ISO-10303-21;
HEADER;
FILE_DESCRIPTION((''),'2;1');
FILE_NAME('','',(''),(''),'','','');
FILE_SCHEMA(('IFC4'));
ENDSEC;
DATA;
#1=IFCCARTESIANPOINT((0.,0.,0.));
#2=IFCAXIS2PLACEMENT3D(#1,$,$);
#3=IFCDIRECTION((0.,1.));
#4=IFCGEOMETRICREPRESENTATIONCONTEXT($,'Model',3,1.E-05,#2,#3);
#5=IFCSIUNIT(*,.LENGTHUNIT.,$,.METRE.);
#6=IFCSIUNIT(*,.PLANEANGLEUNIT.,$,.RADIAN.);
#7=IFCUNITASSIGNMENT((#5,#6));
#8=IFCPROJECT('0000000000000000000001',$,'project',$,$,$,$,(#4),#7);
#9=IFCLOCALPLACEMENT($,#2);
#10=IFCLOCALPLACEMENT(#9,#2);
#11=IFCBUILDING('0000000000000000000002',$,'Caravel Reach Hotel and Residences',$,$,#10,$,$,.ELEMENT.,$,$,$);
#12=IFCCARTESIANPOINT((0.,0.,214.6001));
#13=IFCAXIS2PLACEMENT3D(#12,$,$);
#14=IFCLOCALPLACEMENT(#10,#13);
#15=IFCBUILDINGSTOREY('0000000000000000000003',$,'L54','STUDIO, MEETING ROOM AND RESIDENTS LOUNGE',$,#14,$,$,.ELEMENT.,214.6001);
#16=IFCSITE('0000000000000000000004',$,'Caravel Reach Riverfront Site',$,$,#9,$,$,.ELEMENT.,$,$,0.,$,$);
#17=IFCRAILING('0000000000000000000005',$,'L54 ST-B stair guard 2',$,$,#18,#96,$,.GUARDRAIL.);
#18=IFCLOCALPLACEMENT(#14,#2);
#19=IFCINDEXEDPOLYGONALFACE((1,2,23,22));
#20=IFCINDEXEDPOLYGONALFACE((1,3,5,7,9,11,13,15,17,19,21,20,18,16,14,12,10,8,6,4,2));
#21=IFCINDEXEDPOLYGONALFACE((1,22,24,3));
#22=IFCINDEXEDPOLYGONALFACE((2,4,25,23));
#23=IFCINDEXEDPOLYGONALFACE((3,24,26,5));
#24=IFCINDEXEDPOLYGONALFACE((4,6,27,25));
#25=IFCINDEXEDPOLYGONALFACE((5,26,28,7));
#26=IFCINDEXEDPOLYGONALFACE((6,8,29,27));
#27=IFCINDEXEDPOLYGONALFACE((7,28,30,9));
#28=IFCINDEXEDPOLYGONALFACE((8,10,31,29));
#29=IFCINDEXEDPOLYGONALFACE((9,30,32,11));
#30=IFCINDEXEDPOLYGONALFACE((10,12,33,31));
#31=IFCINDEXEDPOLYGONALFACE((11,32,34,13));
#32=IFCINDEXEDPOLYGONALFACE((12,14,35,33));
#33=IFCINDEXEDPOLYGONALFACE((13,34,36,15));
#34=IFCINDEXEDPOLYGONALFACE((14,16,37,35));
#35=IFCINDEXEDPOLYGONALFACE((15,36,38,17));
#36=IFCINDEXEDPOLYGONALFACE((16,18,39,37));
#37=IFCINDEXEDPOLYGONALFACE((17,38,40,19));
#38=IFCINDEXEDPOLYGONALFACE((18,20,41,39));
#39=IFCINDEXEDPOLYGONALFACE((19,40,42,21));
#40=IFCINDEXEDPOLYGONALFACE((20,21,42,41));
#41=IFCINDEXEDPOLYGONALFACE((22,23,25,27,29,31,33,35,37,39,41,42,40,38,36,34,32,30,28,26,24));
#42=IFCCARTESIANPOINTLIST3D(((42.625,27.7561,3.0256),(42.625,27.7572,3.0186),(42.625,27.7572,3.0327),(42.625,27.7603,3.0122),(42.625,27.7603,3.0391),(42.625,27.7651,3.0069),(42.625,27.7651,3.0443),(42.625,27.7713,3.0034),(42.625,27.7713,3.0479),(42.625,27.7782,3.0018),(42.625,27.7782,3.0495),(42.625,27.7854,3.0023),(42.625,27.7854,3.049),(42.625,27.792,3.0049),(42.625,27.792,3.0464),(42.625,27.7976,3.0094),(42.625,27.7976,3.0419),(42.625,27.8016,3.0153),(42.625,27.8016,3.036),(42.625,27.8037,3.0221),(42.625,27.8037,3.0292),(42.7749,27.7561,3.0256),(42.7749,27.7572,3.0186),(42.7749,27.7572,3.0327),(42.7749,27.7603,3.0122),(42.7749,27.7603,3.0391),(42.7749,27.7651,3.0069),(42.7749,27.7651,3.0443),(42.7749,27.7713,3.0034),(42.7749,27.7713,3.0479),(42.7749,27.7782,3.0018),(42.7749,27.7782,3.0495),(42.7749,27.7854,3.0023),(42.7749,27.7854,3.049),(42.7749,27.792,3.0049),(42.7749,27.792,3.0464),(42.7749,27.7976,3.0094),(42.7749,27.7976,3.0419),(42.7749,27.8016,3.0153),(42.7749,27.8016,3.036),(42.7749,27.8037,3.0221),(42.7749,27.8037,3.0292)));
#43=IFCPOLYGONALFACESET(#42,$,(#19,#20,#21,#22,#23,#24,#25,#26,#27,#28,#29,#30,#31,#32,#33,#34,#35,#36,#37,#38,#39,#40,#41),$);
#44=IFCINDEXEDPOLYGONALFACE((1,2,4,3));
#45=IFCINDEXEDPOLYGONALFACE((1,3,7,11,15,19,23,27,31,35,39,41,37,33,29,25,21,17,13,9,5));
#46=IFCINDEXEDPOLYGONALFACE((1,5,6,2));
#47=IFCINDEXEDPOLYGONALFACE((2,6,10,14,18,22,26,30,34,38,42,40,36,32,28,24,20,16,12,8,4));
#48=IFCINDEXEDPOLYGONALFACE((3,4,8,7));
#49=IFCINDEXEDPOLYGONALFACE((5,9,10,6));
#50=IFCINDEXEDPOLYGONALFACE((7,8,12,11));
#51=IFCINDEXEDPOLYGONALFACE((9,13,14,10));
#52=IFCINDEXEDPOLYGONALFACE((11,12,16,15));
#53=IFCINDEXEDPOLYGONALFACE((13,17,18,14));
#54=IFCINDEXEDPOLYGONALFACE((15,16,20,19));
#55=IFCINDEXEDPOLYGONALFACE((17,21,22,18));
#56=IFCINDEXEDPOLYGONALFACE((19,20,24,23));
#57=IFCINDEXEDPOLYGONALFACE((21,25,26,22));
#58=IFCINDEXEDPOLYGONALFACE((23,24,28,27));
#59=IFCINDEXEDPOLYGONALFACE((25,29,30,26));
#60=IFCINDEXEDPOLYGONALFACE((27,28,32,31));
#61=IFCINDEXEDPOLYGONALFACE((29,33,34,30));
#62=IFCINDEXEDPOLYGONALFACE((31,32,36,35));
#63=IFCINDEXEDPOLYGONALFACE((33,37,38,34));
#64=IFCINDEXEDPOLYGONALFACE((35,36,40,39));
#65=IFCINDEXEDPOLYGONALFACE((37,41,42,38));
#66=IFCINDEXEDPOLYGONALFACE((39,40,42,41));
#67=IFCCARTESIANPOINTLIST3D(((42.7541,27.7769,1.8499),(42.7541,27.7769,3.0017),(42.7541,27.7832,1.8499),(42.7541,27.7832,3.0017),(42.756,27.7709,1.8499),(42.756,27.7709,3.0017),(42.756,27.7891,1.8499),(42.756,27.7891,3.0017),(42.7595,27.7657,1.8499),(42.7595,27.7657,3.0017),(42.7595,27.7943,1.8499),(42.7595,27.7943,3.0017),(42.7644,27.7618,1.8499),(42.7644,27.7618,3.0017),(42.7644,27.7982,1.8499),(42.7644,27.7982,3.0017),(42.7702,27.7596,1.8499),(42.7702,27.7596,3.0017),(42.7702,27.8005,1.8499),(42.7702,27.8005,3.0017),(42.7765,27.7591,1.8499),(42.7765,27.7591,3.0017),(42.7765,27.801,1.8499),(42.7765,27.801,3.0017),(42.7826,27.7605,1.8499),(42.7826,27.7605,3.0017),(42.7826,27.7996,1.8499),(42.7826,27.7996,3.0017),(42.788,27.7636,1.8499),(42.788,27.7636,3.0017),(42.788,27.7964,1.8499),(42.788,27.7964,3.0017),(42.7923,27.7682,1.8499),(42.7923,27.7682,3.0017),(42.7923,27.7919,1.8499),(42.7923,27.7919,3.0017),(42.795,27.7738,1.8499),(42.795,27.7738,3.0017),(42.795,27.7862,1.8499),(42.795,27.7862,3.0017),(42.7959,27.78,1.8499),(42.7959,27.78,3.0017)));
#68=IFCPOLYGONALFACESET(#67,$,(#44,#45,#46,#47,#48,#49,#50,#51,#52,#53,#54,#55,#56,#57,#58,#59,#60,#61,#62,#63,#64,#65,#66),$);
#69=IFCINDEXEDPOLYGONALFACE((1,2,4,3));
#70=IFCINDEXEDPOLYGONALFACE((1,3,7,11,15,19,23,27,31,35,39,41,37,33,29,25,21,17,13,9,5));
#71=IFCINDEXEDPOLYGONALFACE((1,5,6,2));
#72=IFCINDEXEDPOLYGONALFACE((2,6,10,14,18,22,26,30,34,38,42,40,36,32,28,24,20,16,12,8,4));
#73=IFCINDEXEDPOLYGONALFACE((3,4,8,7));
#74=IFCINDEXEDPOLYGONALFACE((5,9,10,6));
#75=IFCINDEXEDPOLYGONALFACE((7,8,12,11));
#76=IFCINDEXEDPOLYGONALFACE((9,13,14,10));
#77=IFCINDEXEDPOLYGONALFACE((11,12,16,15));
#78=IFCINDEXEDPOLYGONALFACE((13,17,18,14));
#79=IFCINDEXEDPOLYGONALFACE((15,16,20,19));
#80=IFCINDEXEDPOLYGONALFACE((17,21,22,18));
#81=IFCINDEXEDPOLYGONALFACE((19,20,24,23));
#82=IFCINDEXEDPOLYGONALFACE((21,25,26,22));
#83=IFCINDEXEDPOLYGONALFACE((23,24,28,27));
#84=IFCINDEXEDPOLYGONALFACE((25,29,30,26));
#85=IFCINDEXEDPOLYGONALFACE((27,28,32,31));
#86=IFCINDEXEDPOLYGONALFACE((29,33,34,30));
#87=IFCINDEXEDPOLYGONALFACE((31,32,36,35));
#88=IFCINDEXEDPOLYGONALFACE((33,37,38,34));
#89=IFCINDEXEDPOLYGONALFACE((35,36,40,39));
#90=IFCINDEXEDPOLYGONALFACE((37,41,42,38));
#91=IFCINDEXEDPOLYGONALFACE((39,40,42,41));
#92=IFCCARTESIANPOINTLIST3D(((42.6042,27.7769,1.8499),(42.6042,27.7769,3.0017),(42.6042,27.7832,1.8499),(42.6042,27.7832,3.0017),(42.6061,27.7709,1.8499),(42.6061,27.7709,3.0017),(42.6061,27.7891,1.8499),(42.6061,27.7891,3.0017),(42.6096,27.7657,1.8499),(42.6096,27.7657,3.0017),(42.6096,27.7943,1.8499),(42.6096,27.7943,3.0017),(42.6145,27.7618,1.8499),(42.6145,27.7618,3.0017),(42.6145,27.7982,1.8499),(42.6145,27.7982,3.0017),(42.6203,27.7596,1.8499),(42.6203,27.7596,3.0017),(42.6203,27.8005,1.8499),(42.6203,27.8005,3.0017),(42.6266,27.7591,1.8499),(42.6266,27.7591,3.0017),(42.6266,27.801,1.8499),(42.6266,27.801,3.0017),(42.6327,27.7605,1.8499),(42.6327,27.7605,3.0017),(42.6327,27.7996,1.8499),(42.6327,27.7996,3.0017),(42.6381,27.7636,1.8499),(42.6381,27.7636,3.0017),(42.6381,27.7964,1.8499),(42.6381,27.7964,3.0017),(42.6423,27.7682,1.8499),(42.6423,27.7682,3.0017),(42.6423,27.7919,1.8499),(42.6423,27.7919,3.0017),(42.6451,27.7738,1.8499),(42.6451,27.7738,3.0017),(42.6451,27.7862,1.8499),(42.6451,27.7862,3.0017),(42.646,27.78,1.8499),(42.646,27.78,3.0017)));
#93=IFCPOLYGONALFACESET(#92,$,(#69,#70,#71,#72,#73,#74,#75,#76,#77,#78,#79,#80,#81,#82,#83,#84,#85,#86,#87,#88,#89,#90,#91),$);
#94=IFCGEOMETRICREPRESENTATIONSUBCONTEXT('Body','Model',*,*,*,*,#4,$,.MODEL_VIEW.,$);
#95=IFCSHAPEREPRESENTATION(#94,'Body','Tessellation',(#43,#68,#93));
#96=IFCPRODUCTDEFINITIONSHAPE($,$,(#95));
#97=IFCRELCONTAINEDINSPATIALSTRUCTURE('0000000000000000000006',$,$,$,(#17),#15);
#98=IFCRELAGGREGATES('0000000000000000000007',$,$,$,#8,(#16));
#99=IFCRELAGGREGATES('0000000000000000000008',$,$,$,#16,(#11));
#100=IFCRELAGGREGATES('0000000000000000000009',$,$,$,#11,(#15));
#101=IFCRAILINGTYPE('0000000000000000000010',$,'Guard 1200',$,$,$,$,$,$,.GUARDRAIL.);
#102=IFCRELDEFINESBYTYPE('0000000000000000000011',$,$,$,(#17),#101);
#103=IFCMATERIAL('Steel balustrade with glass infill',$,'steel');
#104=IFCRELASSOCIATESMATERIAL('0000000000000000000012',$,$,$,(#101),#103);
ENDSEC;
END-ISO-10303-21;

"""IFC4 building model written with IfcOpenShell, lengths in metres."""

from ifc_helpers import new_model, si_unit, direction, frame, origin, origin_2d, place, context, subcontext, project, spatial, circle, extrude, material, type_object, element, save


model = new_model("IFC4")

# Units and contexts
model_context = context("Model", 3, precision=1e-05, world=origin(), true_north=direction((0.0, 1.0)))
body_context = subcontext(model_context, "Body", "Model", "MODEL_VIEW")
ifc_project = project(units=[si_unit("LENGTHUNIT", "METRE"), si_unit("PLANEANGLEUNIT", "RADIAN")], contexts=[model_context])

# Site, building, storey
site_placement = place(None, origin())
site = spatial("IfcSite", under=ifc_project, at=site_placement, Name="Caravel Reach Riverfront Site", CompositionType="ELEMENT", RefElevation=0.0)
building_placement = place(site_placement, origin())
building = spatial("IfcBuilding", under=site, at=building_placement, Name="Caravel Reach Hotel and Residences", CompositionType="ELEMENT")
storey_placement = place(building_placement, frame((0.0, 0.0, 214.6001)))
storey = spatial("IfcBuildingStorey", under=building, at=storey_placement, Name="L54", Description="STUDIO, MEETING ROOM AND RESIDENTS LOUNGE", CompositionType="ELEMENT", Elevation=214.6001)

# Railing
ifc_material_1 = material(Name="Steel balustrade with glass infill", Category="steel")
railing_type_1 = type_object("IfcRailingType", Name="Guard 1200", PredefinedType="GUARDRAIL", material=ifc_material_1)
railing_1_placement = place(storey_placement, frame((42.7749, 27.78, 1.8499)))
element("IfcRailing", 1, at=railing_1_placement, inside=storey, type_object=railing_type_1, Name="L54 ST-B stair guard 2", PredefinedType="GUARDRAIL", context=body_context, shape_type="SweptSolid", body=[
    extrude(circle(Radius=0.0239, at=origin_2d()), frame((0.0, 0.0, 1.1758), z_axis=(-1.0, 0.0, 0.0), x_axis=(0.0, -1.0, 0.0)), (0.0, 0.0, 1.0), 0.1499),
    extrude(circle(Radius=0.021, at=origin_2d()), origin(), (0.0, 0.0, 1.0), 1.1519),
    extrude(circle(Radius=0.021, at=origin_2d()), frame((-0.1499, 0.0, 0.0)), (0.0, 0.0, 1.0), 1.1519),
])

save(model, "model.ifc")
